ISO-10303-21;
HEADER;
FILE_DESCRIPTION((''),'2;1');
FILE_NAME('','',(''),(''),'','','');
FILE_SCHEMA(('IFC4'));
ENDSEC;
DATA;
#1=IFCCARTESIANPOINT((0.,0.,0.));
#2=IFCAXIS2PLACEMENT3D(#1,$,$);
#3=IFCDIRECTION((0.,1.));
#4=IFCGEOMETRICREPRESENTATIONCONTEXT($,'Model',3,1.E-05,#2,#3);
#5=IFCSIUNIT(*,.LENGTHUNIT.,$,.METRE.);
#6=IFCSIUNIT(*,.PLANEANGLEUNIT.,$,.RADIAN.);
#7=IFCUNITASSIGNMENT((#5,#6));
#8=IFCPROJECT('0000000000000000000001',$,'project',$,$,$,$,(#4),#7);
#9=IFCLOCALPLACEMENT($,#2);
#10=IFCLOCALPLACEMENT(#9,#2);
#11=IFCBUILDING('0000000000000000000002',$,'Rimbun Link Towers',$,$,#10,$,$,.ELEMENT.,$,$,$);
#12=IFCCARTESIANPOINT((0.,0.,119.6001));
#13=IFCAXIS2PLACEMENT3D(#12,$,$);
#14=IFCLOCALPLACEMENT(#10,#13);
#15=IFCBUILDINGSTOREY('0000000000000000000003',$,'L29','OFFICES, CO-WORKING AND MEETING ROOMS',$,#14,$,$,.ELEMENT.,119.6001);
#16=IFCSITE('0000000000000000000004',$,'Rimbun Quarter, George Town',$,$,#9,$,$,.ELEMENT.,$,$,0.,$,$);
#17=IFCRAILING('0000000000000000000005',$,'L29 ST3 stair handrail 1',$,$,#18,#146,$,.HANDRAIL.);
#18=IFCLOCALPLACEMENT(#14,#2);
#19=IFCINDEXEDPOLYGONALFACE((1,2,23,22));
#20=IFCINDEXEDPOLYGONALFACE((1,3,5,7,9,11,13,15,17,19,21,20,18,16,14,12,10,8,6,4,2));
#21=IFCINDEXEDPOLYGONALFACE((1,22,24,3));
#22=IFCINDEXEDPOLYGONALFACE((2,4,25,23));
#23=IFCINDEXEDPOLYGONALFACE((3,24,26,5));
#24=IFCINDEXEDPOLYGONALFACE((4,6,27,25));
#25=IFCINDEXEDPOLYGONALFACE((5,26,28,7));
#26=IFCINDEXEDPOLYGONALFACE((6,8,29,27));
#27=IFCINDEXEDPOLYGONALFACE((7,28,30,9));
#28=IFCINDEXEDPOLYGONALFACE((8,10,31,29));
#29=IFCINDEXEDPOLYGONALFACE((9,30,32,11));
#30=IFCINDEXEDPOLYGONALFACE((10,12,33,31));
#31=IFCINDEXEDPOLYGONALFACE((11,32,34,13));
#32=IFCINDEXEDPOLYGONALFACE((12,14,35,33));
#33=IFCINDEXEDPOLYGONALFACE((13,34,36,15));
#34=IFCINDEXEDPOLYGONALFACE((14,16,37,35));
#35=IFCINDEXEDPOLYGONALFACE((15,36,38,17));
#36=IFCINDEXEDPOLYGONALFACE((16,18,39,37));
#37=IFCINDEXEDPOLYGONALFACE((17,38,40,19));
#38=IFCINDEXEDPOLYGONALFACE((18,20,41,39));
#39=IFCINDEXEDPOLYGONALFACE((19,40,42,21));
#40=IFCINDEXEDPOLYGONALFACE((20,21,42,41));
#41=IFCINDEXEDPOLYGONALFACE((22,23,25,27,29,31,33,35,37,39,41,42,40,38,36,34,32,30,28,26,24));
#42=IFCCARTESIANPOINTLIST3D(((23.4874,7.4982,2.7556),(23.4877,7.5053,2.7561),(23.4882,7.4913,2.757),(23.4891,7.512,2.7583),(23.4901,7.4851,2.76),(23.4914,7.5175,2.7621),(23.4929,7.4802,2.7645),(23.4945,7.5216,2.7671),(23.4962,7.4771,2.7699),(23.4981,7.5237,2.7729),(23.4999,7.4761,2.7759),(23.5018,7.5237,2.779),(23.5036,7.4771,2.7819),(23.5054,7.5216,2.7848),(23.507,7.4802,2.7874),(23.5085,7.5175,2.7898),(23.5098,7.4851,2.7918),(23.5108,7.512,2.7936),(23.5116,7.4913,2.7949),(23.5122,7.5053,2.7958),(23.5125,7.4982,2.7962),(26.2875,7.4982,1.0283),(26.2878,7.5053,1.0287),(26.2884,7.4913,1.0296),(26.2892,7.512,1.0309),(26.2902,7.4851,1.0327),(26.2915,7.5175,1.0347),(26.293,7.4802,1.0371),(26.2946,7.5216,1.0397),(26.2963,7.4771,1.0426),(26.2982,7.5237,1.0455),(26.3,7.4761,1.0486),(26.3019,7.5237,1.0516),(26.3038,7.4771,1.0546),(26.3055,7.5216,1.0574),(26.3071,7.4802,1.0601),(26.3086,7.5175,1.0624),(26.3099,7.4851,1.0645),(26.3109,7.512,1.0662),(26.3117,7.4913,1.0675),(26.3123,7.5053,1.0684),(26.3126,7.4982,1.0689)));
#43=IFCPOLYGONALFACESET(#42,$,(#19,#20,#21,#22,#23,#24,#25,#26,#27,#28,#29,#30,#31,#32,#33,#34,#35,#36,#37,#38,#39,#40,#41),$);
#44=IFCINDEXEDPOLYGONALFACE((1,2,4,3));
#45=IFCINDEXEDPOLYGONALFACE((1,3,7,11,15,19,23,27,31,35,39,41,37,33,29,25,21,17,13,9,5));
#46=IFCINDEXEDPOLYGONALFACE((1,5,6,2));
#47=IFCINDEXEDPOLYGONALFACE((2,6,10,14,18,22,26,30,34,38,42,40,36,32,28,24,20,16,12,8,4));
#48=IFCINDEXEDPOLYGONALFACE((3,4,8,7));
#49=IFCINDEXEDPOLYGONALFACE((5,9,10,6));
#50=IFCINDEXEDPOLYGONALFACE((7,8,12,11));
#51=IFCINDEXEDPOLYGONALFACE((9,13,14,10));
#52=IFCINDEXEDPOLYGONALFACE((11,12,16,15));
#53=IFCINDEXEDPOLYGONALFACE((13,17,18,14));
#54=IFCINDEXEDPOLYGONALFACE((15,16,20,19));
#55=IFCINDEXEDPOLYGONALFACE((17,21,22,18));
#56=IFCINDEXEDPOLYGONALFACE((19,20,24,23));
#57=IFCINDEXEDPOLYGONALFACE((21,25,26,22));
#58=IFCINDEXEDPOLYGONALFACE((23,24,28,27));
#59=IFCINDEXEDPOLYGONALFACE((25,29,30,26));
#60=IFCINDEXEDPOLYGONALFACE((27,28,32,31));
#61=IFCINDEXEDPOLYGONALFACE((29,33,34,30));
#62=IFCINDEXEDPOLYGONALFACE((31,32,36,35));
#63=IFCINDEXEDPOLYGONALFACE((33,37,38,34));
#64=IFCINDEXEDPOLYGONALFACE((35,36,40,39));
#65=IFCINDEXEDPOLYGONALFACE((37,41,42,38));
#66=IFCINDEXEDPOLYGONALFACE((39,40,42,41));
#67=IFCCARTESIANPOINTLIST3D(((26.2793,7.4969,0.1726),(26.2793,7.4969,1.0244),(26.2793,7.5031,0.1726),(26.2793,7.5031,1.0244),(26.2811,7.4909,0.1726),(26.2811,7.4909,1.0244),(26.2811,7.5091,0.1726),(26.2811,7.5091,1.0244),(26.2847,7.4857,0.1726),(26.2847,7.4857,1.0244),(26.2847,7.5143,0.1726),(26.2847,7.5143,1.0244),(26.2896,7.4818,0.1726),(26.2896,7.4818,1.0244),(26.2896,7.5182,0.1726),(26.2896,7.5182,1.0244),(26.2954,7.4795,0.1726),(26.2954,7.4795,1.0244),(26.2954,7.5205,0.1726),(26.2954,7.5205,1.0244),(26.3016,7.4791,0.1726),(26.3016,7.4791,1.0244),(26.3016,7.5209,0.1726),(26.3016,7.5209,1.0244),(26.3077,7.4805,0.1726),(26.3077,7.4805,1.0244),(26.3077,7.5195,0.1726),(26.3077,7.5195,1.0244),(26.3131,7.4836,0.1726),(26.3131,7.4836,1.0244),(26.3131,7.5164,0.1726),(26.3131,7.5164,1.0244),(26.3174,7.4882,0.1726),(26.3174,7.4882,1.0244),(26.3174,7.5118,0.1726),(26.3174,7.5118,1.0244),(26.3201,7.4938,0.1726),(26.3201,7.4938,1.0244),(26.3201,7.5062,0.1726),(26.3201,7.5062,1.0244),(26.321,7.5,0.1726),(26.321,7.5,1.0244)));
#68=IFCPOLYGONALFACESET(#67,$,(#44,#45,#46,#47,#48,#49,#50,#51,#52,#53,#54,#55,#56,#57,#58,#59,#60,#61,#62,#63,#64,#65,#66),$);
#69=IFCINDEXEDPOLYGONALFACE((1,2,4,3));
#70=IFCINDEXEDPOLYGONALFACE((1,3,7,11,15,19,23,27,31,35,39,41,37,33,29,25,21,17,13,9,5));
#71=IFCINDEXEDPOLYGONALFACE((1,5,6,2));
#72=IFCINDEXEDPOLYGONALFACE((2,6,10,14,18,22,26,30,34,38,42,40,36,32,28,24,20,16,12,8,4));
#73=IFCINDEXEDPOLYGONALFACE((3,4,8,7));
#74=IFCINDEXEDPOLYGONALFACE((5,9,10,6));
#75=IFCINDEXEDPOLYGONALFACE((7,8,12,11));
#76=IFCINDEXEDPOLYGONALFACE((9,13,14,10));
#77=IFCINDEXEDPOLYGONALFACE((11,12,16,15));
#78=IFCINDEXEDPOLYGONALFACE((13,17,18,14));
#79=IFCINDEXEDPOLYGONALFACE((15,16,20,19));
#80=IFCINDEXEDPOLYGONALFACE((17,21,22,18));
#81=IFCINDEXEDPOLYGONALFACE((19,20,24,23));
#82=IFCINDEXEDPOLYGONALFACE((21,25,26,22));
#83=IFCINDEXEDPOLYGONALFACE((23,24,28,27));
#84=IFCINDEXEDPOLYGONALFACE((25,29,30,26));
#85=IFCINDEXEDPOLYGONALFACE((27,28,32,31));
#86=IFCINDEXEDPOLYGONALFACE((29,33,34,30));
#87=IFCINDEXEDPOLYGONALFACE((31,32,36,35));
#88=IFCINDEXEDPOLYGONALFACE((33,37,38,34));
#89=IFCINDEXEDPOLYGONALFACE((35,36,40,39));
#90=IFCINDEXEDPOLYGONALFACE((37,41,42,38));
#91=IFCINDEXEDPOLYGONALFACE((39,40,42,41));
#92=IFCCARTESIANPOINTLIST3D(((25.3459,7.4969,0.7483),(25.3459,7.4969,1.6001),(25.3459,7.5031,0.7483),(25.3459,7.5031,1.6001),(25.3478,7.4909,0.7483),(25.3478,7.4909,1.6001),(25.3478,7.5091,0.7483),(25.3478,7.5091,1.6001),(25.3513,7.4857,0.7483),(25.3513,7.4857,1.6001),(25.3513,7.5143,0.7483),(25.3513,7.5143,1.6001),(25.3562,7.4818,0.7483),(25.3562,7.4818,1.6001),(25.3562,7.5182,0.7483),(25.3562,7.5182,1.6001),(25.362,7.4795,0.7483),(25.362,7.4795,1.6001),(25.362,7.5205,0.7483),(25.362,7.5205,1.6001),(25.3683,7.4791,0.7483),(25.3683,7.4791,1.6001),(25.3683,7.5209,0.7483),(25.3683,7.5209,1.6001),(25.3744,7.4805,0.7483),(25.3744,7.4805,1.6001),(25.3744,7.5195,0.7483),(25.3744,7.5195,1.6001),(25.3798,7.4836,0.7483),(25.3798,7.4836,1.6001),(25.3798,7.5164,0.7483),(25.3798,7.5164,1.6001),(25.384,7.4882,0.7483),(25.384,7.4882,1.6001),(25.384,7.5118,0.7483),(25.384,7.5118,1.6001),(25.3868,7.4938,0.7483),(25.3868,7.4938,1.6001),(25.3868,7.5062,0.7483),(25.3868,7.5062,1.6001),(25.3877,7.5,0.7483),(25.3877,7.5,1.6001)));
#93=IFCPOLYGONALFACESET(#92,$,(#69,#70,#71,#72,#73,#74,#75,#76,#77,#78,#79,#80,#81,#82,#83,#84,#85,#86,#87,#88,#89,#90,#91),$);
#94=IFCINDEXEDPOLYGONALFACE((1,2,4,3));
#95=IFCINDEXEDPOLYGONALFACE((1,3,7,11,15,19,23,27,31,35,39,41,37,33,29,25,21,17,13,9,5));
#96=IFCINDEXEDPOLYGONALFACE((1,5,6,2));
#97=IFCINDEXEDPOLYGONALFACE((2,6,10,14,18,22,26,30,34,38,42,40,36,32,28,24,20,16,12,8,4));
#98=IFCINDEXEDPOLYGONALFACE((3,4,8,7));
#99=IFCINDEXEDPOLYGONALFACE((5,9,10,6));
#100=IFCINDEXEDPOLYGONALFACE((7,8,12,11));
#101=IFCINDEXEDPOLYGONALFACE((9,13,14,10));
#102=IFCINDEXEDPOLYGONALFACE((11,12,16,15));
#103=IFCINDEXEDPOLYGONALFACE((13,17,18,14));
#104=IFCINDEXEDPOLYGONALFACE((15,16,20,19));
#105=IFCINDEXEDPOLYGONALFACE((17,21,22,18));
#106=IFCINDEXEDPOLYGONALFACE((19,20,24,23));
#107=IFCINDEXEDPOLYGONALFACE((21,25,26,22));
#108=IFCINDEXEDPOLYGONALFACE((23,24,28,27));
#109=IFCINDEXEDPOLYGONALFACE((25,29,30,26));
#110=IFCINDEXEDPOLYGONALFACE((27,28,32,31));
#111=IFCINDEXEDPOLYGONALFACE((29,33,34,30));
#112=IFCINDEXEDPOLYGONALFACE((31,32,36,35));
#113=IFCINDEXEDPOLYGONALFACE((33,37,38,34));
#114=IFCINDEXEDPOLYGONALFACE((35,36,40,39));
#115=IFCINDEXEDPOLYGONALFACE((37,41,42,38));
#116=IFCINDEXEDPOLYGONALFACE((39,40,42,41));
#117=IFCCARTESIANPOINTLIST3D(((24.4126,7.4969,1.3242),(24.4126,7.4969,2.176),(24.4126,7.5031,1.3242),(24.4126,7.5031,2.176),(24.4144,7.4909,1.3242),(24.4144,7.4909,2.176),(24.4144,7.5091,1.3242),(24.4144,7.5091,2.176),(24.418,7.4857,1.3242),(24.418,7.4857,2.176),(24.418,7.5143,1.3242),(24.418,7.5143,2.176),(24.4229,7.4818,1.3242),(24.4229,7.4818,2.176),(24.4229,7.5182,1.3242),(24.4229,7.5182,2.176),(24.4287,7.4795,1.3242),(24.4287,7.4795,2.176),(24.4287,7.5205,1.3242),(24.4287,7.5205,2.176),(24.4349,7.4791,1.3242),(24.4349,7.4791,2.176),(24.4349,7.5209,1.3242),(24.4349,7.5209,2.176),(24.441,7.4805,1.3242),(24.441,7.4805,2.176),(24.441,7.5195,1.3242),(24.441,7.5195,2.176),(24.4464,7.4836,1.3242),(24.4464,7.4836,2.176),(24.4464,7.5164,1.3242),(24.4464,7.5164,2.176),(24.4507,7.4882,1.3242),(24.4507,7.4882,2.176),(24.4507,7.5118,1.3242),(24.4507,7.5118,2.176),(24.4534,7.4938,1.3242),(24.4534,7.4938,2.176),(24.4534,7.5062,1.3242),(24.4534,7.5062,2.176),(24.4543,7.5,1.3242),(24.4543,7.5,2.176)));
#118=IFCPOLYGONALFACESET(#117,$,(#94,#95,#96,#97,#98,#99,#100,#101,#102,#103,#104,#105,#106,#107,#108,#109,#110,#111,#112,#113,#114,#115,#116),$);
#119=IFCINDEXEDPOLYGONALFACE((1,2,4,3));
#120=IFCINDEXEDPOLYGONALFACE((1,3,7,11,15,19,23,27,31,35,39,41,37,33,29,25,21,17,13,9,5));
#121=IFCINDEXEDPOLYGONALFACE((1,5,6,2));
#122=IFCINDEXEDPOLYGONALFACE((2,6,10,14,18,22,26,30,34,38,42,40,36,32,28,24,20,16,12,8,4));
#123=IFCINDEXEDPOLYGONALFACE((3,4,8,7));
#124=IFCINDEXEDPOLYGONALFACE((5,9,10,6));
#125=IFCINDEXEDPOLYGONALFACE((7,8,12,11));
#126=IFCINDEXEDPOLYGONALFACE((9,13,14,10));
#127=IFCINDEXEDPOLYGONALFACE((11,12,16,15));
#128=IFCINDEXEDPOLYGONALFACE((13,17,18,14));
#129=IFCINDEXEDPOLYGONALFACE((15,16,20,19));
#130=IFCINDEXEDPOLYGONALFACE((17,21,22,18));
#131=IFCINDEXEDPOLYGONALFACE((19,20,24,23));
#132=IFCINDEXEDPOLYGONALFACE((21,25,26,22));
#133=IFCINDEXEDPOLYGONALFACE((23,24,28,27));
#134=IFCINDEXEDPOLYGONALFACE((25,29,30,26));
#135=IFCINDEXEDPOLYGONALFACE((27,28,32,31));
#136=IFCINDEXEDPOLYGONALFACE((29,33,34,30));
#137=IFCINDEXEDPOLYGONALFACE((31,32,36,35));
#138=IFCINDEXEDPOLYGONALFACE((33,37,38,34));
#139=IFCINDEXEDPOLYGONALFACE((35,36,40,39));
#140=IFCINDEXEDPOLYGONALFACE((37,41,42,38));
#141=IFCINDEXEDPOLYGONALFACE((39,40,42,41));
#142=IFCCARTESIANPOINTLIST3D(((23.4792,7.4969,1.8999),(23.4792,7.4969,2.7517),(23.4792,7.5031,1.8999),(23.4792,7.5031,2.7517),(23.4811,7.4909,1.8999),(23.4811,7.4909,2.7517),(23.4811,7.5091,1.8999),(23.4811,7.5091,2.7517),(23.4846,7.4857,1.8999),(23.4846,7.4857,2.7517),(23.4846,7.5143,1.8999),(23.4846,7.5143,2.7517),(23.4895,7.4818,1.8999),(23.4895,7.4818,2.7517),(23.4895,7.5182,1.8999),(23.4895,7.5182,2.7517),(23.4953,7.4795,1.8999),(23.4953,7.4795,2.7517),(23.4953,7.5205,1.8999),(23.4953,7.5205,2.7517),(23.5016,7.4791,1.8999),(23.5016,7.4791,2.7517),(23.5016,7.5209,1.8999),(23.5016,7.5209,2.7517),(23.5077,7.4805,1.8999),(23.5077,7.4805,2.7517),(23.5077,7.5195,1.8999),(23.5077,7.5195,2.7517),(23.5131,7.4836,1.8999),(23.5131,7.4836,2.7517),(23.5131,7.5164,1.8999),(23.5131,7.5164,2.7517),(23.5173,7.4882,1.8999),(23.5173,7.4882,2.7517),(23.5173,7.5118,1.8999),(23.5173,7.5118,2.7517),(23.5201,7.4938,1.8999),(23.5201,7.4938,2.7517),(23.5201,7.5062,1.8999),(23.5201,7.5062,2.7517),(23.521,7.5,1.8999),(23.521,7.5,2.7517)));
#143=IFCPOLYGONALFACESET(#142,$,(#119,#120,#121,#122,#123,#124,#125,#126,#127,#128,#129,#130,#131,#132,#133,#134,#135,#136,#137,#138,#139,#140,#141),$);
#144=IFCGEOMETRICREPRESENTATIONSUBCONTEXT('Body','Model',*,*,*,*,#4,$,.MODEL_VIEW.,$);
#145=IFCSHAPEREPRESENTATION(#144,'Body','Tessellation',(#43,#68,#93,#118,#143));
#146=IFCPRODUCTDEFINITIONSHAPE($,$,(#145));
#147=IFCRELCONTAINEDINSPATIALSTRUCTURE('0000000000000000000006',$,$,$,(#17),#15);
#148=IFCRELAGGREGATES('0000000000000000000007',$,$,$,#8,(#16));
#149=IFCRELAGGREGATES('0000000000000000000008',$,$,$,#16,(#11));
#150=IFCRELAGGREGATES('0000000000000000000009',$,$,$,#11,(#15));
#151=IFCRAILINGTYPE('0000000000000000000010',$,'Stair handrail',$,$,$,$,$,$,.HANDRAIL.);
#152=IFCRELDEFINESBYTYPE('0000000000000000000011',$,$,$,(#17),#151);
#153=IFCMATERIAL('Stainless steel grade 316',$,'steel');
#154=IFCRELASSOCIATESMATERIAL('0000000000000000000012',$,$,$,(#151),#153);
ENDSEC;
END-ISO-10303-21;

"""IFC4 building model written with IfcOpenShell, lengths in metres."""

from ifc_helpers import new_model, si_unit, direction, frame, origin, origin_2d, place, context, subcontext, project, spatial, circle, extrude, material, type_object, element, save


model = new_model("IFC4")

# Units and contexts
model_context = context("Model", 3, precision=1e-05, world=origin(), true_north=direction((0.0, 1.0)))
body_context = subcontext(model_context, "Body", "Model", "MODEL_VIEW")
ifc_project = project(units=[si_unit("LENGTHUNIT", "METRE"), si_unit("PLANEANGLEUNIT", "RADIAN")], contexts=[model_context])

# Site, building, storey
site_placement = place(None, origin())
site = spatial("IfcSite", under=ifc_project, at=site_placement, Name="Rimbun Quarter, George Town", CompositionType="ELEMENT", RefElevation=0.0)
building_placement = place(site_placement, origin())
building = spatial("IfcBuilding", under=site, at=building_placement, Name="Rimbun Link Towers", CompositionType="ELEMENT")
storey_placement = place(building_placement, frame((0.0, 0.0, 119.6001)))
storey = spatial("IfcBuildingStorey", under=building, at=storey_placement, Name="L29", Description="OFFICES, CO-WORKING AND MEETING ROOMS", CompositionType="ELEMENT", Elevation=119.6001)

# Railing
ifc_material_1 = material(Name="Stainless steel grade 316", Category="steel")
railing_type_1 = type_object("IfcRailingType", Name="Stair handrail", PredefinedType="HANDRAIL", material=ifc_material_1)
railing_1_placement = place(storey_placement, frame((26.3, 7.5, 0.1726)))
element("IfcRailing", 1, at=railing_1_placement, inside=storey, type_object=railing_type_1, Name="L29 ST3 stair handrail 1", PredefinedType="HANDRAIL", context=body_context, shape_type="SweptSolid", body=[
    extrude(circle(Radius=0.0239, at=origin_2d()), frame((0.0, 0.0, 0.876), z_axis=(-0.85109, 0.0, 0.52502), x_axis=(0.0, -1.0, 0.0)), (0.0, 0.0, 1.0), 3.29),
    extrude(circle(Radius=0.021, at=origin_2d()), origin(), (0.0, 0.0, 1.0), 0.8518),
    extrude(circle(Radius=0.021, at=origin_2d()), frame((-0.9333, 0.0, 0.5757)), (0.0, 0.0, 1.0), 0.8518),
    extrude(circle(Radius=0.021, at=origin_2d()), frame((-1.8667, 0.0, 1.1516)), (0.0, 0.0, 1.0), 0.8518),
    extrude(circle(Radius=0.021, at=origin_2d()), frame((-2.8, 0.0, 1.7273)), (0.0, 0.0, 1.0), 0.8518),
])

save(model, "model.ifc")
